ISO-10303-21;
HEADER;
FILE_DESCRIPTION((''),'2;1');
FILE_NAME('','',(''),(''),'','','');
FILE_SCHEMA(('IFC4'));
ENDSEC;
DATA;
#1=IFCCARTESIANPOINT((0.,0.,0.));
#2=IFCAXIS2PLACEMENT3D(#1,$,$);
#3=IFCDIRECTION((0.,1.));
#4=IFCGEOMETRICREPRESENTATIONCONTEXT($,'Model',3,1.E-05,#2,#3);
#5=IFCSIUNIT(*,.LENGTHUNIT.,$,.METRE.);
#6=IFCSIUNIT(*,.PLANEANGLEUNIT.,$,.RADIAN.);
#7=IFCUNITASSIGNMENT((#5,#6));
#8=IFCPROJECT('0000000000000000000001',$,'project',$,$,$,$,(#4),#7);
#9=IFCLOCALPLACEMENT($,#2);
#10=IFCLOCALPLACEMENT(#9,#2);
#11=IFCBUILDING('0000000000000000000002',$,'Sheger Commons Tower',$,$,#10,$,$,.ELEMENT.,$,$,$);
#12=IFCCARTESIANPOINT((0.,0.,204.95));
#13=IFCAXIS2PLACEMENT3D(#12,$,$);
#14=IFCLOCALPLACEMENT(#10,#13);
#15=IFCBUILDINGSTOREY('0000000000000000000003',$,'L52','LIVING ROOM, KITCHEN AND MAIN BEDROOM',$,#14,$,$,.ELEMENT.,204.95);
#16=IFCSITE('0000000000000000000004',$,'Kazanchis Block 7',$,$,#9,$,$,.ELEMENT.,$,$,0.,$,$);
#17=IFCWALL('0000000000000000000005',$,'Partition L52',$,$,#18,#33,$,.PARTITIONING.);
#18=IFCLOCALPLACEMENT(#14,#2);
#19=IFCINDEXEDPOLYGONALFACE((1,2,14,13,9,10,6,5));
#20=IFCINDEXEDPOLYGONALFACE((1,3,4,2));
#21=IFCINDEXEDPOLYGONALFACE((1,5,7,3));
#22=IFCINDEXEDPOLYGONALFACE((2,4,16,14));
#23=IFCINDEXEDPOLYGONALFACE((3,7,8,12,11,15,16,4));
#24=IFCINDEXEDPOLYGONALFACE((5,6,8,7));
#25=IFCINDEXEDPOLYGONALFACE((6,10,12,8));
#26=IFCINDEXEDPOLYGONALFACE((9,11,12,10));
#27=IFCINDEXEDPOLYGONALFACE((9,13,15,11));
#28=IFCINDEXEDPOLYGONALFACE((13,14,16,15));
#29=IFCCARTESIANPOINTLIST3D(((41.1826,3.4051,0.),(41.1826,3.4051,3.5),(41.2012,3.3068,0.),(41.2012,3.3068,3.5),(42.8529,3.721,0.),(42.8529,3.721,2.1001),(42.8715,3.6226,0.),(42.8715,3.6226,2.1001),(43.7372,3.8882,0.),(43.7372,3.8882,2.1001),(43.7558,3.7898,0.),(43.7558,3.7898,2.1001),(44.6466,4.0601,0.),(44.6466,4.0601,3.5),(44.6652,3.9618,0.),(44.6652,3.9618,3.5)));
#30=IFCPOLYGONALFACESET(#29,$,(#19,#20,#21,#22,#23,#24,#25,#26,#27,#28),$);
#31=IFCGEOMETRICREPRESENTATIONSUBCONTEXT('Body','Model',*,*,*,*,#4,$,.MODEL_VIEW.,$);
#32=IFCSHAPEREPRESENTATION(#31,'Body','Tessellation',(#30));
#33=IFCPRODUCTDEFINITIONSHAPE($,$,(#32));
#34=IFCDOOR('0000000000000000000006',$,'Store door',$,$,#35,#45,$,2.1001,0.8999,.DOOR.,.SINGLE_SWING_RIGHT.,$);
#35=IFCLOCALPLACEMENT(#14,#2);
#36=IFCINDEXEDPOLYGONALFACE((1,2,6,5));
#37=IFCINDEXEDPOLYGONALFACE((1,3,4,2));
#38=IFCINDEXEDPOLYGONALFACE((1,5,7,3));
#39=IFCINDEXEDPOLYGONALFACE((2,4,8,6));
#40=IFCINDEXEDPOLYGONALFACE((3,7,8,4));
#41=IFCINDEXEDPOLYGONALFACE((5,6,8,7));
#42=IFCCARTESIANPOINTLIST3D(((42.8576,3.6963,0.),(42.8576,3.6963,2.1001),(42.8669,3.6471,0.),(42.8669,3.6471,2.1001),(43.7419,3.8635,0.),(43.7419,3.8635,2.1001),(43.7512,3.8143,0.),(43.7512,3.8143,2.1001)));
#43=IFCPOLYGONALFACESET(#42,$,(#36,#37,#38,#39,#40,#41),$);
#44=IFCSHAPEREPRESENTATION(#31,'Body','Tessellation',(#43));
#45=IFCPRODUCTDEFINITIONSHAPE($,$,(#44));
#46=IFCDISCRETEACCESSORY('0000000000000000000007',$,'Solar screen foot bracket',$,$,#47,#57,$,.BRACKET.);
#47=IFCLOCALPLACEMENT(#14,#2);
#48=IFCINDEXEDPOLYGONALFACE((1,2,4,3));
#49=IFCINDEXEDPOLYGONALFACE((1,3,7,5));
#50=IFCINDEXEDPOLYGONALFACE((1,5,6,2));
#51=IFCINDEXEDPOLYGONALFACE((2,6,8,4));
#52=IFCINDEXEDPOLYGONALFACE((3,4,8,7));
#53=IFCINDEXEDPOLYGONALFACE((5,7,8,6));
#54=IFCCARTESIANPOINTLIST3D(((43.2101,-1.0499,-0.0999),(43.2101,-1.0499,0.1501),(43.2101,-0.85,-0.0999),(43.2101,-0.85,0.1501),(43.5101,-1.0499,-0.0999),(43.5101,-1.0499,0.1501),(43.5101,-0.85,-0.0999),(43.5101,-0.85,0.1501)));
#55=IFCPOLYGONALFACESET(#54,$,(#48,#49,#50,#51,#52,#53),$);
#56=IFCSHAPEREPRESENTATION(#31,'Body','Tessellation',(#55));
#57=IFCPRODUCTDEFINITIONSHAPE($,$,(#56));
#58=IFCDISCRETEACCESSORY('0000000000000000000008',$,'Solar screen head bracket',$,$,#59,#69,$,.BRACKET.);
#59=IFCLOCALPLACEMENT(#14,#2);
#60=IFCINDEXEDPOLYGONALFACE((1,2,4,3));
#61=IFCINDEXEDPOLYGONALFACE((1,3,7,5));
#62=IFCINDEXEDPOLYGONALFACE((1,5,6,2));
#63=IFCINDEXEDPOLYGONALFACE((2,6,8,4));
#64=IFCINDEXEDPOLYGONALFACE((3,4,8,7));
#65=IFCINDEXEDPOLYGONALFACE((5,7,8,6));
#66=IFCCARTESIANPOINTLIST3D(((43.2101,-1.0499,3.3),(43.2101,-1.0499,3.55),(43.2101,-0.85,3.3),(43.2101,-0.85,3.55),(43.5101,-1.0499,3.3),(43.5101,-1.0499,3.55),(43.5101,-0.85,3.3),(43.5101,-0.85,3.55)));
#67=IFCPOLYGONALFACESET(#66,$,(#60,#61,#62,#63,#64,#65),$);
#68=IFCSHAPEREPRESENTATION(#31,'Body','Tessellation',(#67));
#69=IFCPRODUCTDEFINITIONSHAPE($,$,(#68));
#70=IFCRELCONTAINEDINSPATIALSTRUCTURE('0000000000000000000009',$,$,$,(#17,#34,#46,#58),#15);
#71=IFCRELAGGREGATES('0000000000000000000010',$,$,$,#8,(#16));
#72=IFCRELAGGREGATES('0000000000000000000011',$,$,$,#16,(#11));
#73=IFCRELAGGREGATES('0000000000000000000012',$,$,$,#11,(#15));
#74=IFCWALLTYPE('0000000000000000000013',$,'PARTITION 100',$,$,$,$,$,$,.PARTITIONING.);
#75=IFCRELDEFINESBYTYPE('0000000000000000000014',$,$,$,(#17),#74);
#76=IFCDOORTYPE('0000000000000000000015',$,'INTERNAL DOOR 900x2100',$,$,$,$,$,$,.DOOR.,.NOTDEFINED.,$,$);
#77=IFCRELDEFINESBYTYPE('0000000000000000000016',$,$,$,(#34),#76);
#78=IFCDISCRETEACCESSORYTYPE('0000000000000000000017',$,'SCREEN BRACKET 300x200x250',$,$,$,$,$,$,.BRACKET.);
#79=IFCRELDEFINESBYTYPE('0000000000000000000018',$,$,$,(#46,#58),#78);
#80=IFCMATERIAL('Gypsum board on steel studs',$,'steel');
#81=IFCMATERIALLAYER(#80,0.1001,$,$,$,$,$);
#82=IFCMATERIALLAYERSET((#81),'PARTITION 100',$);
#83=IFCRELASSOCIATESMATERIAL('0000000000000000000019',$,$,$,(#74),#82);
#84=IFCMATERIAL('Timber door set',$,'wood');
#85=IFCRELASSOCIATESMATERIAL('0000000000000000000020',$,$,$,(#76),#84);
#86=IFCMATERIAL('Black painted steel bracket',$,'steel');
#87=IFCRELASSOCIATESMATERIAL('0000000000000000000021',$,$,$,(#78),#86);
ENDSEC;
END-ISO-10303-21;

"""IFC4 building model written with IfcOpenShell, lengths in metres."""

from ifc_helpers import new_model, si_unit, direction, frame, frame_2d, origin, origin_2d, place, context, subcontext, project, spatial, rectangle, extrude, material, layer, layer_set, type_object, element, fill, save


model = new_model("IFC4")

# Units and contexts
model_context = context("Model", 3, precision=1e-05, world=origin(), true_north=direction((0.0, 1.0)))
body_context = subcontext(model_context, "Body", "Model", "MODEL_VIEW")
ifc_project = project(units=[si_unit("LENGTHUNIT", "METRE"), si_unit("PLANEANGLEUNIT", "RADIAN")], contexts=[model_context])

# Site, building, storey
site_placement = place(None, origin())
site = spatial("IfcSite", under=ifc_project, at=site_placement, Name="Kazanchis Block 7", CompositionType="ELEMENT", RefElevation=0.0)
building_placement = place(site_placement, origin())
building = spatial("IfcBuilding", under=site, at=building_placement, Name="Sheger Commons Tower", CompositionType="ELEMENT")
storey_placement = place(building_placement, frame((0.0, 0.0, 204.95)))
storey = spatial("IfcBuildingStorey", under=building, at=storey_placement, Name="L52", Description="LIVING ROOM, KITCHEN AND MAIN BEDROOM", CompositionType="ELEMENT", Elevation=204.95)

# Shared definitions
ifc_material_1 = material(Name="Gypsum board on steel studs", Category="steel")
ifc_layer_1 = layer(ifc_material_1, 0.1001)
ifc_layer_set_1 = layer_set([ifc_layer_1], Name="PARTITION 100")
wall_type_1 = type_object("IfcWallType", Name="PARTITION 100", PredefinedType="PARTITIONING", material=ifc_layer_set_1)
ifc_material_2 = material(Name="Timber door set", Category="wood")
door_type = type_object("IfcDoorType", Name="INTERNAL DOOR 900x2100", OperationType="NOTDEFINED", PredefinedType="DOOR", material=ifc_material_2)

# Wall, opening, door
wall_1_placement = place(storey_placement, frame((41.1919, 3.356, 0.0), z_axis=(0.0, 0.0, 1.0), x_axis=(0.982588, 0.185798, 0.0)))
wall_1 = element("IfcWall", 1, at=wall_1_placement, inside=storey, type_object=wall_type_1, Name="Partition L52", PredefinedType="PARTITIONING", context=body_context, shape_type="SweptSolid", body=[
    extrude(rectangle(XDim=3.5254, YDim=0.1001, at=frame_2d((1.7627, 0.0))), origin(), (0.0, 0.0, 1.0), 3.5),
])
opening_1_placement = place(wall_1_placement, frame((1.7, 0.0, 0.0)))
opening_1 = element("IfcOpeningElement", 2, at=opening_1_placement, cuts=wall_1, PredefinedType="OPENING", context=body_context, shape_type="SweptSolid", body=[
    extrude(rectangle(XDim=0.8999, YDim=2.1001, at=frame_2d((0.45, 1.05))), frame((0.0, 0.0601, 0.0), z_axis=(0.0, -1.0, 0.0), x_axis=(1.0, 0.0, 0.0)), (0.0, 0.0, 1.0), 0.1201),
])
door_1_placement = place(opening_1_placement, origin())
door_1 = element("IfcDoor", 3, at=door_1_placement, inside=storey, type_object=door_type, Name="Store door", OperationType="SINGLE_SWING_RIGHT", OverallHeight=2.1001, OverallWidth=0.8999, PredefinedType="DOOR", context=body_context, shape_type="SweptSolid", body=[
    extrude(rectangle(XDim=0.8999, YDim=2.1001, at=frame_2d((0.45, 1.05))), frame((0.0, 0.0249, 0.0), z_axis=(0.0, -1.0, 0.0), x_axis=(1.0, 0.0, 0.0)), (0.0, 0.0, 1.0), 0.05),
])
fill(opening_1, door_1)

# Discrete accessories
ifc_material_3 = material(Name="Black painted steel bracket", Category="steel")
discrete_accessory_type = type_object("IfcDiscreteAccessoryType", Name="SCREEN BRACKET 300x200x250", PredefinedType="BRACKET", material=ifc_material_3)
for number, where, z_axis, x_axis, name in (
    (4, (43.3601, -0.95, -0.0999), (0.0, 0.0, 1.0), (1.0, 0.0, 0.0), "Solar screen foot bracket"),
    (5, (43.3601, -0.95, 3.3), (0.0, 0.0, 1.0), (1.0, 0.0, 0.0), "Solar screen head bracket"),
):
    element("IfcDiscreteAccessory", number, at=place(storey_placement, frame(where, z_axis=z_axis, x_axis=x_axis)), inside=storey, type_object=discrete_accessory_type, Name=name, PredefinedType="BRACKET", context=body_context, shape_type="SweptSolid", body=[
        extrude(rectangle(XDim=0.3, YDim=0.2, at=origin_2d()), origin(), (0.0, 0.0, 1.0), 0.25),
    ])

save(model, "model.ifc")
